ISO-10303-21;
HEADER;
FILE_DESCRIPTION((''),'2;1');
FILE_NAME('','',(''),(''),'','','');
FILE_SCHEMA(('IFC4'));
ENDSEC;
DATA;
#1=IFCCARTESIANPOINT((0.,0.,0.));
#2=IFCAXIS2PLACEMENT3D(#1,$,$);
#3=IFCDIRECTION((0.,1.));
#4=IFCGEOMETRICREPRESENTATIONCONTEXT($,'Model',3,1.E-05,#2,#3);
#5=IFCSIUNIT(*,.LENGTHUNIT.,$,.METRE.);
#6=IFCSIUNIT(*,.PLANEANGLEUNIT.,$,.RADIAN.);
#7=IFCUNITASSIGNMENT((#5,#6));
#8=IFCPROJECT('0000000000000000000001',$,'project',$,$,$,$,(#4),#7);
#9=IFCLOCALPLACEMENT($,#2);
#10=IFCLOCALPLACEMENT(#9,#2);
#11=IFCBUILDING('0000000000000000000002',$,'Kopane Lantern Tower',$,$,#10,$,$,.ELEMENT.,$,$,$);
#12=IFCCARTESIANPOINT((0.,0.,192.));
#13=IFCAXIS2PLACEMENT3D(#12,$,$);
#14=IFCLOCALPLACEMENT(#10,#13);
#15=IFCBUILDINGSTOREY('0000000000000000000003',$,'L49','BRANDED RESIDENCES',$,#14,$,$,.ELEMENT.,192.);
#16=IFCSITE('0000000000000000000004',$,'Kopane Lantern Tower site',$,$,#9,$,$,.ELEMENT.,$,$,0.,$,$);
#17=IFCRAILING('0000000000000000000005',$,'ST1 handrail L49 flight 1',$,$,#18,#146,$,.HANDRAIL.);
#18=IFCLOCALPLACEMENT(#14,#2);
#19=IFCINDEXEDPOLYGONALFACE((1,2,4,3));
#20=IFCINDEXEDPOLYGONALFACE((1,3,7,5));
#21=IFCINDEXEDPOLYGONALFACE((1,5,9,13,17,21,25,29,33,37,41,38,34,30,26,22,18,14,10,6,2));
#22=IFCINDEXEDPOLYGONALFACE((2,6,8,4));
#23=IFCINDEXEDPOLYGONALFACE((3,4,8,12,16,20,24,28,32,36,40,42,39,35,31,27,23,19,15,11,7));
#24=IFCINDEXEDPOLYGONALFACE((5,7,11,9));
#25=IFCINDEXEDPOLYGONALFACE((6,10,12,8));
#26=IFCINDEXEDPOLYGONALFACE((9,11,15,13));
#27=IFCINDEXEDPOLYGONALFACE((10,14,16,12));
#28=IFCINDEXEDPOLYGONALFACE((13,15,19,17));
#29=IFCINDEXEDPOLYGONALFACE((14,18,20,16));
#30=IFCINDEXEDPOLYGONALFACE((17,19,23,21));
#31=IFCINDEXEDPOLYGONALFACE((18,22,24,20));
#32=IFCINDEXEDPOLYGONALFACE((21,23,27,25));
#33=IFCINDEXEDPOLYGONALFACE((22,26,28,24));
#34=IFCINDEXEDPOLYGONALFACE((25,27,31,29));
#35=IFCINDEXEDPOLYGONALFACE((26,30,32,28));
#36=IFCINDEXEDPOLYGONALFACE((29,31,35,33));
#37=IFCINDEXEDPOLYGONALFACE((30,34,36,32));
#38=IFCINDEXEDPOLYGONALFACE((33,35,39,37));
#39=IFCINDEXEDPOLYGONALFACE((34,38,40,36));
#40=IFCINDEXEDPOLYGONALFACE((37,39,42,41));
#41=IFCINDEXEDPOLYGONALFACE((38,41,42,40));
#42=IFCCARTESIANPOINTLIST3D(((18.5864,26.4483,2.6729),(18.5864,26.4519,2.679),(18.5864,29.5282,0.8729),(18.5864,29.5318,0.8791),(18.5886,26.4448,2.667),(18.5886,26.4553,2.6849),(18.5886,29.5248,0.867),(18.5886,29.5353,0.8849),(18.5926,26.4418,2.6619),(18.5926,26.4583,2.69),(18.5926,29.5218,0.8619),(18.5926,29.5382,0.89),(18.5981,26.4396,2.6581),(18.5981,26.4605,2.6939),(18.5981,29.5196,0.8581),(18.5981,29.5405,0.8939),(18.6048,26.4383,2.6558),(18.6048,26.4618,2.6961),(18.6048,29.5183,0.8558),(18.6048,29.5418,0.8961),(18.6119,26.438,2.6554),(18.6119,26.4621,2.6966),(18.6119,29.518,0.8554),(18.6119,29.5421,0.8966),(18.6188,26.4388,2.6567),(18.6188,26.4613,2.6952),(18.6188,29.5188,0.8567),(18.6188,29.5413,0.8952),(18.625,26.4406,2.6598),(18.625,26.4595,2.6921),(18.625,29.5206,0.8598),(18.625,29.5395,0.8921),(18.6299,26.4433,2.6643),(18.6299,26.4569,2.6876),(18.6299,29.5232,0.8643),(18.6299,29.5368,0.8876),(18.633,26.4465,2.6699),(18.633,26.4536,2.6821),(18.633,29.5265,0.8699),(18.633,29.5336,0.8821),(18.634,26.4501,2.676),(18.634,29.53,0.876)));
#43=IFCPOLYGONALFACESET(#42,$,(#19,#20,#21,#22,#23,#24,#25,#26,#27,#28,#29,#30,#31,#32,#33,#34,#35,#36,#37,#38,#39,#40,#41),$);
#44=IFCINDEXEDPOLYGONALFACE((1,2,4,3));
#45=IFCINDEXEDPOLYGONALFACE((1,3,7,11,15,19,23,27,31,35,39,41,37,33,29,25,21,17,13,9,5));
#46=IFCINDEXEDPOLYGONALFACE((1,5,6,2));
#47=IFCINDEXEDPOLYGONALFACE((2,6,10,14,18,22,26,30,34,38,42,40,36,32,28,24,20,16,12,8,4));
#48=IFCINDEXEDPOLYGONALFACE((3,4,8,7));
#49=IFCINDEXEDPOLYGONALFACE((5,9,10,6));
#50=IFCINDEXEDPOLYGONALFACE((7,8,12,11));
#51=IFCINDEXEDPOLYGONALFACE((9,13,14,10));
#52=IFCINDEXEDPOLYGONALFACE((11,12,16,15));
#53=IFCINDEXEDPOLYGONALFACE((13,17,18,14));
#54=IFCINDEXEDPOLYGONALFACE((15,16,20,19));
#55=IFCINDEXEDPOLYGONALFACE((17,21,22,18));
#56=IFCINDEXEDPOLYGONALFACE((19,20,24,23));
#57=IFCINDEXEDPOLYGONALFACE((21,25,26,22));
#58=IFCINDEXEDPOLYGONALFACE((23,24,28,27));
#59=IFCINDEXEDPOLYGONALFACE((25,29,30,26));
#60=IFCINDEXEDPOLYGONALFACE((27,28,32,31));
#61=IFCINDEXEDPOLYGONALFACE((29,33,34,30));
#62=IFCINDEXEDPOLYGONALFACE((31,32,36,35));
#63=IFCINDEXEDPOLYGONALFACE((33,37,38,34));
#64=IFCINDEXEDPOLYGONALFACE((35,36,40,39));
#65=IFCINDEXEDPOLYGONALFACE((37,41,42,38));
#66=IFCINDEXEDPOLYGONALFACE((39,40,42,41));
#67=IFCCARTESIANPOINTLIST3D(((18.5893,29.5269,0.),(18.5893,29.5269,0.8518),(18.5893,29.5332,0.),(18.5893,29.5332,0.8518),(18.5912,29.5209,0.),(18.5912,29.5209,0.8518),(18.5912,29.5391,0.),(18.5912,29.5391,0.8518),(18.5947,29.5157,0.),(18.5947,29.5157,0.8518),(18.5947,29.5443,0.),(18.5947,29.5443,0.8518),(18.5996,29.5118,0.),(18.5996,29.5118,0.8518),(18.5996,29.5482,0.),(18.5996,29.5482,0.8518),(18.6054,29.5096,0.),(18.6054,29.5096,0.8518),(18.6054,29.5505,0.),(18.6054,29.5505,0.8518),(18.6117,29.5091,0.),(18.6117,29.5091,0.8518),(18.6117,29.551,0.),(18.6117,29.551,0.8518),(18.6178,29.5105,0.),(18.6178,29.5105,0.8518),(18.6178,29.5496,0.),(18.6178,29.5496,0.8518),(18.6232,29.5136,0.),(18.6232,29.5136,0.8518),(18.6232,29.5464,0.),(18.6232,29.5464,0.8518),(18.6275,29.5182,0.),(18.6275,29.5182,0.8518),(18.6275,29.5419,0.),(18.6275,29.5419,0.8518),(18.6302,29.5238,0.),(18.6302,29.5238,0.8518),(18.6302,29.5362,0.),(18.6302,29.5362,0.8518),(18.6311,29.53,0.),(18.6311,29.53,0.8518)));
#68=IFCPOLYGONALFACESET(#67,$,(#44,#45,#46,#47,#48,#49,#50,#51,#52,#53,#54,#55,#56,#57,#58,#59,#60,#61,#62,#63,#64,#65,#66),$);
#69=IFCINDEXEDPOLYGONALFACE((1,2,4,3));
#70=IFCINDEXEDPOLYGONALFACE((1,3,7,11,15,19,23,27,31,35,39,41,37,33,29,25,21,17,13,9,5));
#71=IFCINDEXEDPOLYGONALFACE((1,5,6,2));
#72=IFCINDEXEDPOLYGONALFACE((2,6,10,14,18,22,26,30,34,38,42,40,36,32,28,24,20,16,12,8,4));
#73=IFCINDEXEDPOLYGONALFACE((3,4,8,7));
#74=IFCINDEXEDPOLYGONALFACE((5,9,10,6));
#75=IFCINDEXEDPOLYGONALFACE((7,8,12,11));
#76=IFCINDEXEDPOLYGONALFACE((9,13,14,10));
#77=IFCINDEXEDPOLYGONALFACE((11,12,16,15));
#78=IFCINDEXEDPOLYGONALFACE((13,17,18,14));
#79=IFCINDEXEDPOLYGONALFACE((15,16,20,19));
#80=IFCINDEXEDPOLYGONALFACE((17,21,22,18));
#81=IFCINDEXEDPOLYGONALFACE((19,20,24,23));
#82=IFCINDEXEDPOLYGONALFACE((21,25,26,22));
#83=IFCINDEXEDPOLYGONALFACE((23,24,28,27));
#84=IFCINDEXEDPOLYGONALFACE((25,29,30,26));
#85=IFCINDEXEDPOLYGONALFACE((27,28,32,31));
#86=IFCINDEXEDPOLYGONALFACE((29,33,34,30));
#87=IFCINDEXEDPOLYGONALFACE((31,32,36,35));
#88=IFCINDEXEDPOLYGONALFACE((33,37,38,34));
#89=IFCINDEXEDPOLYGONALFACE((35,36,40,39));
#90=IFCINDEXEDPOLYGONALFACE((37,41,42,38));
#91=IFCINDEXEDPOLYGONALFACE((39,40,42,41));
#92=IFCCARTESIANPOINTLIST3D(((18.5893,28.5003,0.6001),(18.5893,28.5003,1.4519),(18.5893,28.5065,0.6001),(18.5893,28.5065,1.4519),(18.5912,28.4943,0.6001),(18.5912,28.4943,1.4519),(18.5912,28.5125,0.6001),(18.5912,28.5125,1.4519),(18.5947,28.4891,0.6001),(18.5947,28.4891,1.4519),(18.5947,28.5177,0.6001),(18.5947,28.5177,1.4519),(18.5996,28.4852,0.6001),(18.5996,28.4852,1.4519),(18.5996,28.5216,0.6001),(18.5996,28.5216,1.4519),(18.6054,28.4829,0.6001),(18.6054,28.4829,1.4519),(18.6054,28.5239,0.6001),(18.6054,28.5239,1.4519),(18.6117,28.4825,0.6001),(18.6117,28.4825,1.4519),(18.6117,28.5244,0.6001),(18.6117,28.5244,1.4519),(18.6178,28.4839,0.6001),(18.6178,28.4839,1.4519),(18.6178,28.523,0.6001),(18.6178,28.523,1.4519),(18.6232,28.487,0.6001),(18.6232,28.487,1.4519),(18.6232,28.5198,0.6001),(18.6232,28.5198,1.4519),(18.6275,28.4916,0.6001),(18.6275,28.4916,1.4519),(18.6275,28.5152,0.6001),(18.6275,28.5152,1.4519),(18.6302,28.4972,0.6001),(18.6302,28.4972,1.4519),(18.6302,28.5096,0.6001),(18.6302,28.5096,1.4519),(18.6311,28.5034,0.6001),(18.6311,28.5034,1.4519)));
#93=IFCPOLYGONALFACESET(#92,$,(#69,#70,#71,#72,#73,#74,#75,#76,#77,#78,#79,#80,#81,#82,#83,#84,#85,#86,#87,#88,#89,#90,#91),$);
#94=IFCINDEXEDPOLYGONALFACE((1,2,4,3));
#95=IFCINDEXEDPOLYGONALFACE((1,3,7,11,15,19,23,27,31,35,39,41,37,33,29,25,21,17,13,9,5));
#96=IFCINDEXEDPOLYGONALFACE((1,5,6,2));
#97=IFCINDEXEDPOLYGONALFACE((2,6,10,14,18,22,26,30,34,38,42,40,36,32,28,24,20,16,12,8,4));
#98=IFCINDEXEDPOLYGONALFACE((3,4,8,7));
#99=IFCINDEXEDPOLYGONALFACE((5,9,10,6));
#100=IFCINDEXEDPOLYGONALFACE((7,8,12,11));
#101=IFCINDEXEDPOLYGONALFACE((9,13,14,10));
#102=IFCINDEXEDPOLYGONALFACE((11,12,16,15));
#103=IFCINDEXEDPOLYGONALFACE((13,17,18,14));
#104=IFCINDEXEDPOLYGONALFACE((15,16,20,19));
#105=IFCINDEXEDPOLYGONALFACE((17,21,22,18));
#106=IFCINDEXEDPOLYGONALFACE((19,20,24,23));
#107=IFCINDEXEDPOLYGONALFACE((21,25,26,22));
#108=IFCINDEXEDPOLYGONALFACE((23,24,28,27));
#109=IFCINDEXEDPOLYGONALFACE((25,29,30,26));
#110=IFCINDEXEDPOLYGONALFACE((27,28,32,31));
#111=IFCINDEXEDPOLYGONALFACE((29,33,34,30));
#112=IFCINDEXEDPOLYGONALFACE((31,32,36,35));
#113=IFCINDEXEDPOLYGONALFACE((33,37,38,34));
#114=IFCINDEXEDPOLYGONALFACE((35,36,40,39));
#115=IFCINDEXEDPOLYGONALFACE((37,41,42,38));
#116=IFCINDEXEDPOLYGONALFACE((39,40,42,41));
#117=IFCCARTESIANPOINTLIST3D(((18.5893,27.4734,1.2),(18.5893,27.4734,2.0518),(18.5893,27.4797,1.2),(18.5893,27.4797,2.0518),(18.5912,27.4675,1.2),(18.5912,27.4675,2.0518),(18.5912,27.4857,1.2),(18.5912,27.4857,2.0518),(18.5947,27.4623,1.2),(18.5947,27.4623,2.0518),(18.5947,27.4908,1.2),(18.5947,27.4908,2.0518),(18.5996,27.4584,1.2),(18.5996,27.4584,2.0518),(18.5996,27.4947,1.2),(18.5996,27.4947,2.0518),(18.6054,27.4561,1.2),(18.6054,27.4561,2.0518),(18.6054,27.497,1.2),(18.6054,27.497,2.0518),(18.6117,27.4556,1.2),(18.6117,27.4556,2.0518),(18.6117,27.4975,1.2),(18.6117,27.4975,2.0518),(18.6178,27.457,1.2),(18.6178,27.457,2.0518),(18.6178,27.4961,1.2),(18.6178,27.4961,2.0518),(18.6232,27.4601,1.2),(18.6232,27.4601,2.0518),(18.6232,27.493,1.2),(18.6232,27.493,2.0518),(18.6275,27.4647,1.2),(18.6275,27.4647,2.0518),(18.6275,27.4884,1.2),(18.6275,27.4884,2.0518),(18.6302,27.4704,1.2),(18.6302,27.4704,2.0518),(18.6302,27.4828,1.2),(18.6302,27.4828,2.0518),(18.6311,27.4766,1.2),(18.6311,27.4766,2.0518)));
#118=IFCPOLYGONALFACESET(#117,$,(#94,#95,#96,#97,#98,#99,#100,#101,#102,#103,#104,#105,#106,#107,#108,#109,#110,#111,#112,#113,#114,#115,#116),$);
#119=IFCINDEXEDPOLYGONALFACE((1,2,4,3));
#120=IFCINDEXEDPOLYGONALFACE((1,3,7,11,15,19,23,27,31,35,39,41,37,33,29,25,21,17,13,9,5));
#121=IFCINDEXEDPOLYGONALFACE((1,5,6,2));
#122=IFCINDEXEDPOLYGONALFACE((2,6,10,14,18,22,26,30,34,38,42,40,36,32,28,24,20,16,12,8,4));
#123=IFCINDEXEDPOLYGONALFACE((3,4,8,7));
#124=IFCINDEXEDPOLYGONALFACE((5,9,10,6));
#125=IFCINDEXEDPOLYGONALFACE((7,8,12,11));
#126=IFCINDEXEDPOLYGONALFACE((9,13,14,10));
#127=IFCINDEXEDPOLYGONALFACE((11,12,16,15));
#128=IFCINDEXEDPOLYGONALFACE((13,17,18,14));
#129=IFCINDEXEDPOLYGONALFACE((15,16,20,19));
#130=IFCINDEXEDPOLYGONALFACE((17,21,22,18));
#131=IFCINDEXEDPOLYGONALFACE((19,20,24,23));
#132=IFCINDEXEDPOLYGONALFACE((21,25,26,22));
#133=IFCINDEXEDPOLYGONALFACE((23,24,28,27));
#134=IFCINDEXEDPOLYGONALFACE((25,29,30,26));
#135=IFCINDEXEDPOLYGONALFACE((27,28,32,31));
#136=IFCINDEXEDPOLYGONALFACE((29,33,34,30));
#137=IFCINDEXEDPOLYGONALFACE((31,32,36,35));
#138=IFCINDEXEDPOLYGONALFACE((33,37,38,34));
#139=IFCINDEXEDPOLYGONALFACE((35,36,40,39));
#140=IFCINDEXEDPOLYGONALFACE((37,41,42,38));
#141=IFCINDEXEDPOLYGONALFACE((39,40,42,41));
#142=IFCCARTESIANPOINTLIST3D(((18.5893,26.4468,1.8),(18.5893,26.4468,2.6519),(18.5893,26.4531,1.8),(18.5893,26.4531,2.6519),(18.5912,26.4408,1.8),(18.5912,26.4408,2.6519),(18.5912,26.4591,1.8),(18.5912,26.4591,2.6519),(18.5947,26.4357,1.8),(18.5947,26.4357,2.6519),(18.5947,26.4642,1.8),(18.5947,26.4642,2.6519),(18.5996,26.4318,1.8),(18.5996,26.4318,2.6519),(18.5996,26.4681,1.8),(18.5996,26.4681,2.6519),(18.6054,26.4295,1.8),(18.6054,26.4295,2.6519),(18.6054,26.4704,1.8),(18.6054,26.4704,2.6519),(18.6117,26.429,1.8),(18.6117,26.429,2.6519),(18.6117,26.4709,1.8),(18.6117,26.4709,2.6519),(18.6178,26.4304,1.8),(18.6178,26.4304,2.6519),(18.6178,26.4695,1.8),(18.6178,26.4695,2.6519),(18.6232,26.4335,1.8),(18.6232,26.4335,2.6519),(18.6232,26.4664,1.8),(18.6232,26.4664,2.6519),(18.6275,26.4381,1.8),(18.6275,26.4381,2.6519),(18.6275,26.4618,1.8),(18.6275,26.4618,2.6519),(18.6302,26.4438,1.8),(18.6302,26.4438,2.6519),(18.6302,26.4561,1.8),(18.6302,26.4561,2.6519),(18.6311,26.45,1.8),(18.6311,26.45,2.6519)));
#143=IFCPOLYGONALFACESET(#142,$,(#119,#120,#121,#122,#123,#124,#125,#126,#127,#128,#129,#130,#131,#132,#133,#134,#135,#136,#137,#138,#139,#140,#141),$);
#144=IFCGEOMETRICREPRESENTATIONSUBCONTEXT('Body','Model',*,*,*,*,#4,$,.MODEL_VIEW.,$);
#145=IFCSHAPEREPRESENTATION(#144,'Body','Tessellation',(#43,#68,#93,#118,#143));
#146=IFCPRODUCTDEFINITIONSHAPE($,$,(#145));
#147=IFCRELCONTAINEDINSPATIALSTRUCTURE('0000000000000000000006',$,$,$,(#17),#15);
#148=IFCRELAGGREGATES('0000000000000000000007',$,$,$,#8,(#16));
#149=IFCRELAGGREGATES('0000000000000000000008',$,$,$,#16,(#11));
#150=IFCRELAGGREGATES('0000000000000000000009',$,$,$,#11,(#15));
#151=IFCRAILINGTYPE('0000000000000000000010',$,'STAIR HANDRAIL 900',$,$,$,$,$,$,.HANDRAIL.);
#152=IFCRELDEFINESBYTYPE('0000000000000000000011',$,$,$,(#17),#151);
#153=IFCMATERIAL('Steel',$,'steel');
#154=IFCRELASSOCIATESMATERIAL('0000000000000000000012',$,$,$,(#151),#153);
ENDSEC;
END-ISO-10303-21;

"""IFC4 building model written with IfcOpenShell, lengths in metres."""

from ifc_helpers import new_model, si_unit, direction, frame, origin, origin_2d, place, context, subcontext, project, spatial, circle, extrude, material, type_object, element, save


model = new_model("IFC4")

# Units and contexts
model_context = context("Model", 3, precision=1e-05, world=origin(), true_north=direction((0.0, 1.0)))
body_context = subcontext(model_context, "Body", "Model", "MODEL_VIEW")
ifc_project = project(units=[si_unit("LENGTHUNIT", "METRE"), si_unit("PLANEANGLEUNIT", "RADIAN")], contexts=[model_context])

# Site, building, storey
site_placement = place(None, origin())
site = spatial("IfcSite", under=ifc_project, at=site_placement, Name="Kopane Lantern Tower site", CompositionType="ELEMENT", RefElevation=0.0)
building_placement = place(site_placement, origin())
building = spatial("IfcBuilding", under=site, at=building_placement, Name="Kopane Lantern Tower", CompositionType="ELEMENT")
storey_placement = place(building_placement, frame((0.0, 0.0, 192.0)))
storey = spatial("IfcBuildingStorey", under=building, at=storey_placement, Name="L49", Description="BRANDED RESIDENCES", CompositionType="ELEMENT", Elevation=192.0)

# Railing
ifc_material_1 = material(Name="Steel", Category="steel")
railing_type_1 = type_object("IfcRailingType", Name="STAIR HANDRAIL 900", PredefinedType="HANDRAIL", material=ifc_material_1)
for number, where, name in (
    (1, (18.6101, 29.53, 0.0), "ST1 handrail L49 flight 1"),
):
    element("IfcRailing", number, at=place(storey_placement, frame(where)), inside=storey, type_object=railing_type_1, Name=name, PredefinedType="HANDRAIL", context=body_context, shape_type="SweptSolid", body=[
        extrude(circle(Radius=0.0239, at=origin_2d()), frame((0.0, 0.0, 0.876), z_axis=(0.0, -0.863372, 0.504569), x_axis=(1.0, 0.0, 0.0)), (0.0, 0.0, 1.0), 3.5674),
        extrude(circle(Radius=0.021, at=origin_2d()), origin(), (0.0, 0.0, 1.0), 0.8518),
        extrude(circle(Radius=0.021, at=origin_2d()), frame((0.0, -1.0266, 0.6001)), (0.0, 0.0, 1.0), 0.8518),
        extrude(circle(Radius=0.021, at=origin_2d()), frame((0.0, -2.0535, 1.2)), (0.0, 0.0, 1.0), 0.8518),
        extrude(circle(Radius=0.021, at=origin_2d()), frame((0.0, -3.0801, 1.8)), (0.0, 0.0, 1.0), 0.8518),
    ])

save(model, "model.ifc")
